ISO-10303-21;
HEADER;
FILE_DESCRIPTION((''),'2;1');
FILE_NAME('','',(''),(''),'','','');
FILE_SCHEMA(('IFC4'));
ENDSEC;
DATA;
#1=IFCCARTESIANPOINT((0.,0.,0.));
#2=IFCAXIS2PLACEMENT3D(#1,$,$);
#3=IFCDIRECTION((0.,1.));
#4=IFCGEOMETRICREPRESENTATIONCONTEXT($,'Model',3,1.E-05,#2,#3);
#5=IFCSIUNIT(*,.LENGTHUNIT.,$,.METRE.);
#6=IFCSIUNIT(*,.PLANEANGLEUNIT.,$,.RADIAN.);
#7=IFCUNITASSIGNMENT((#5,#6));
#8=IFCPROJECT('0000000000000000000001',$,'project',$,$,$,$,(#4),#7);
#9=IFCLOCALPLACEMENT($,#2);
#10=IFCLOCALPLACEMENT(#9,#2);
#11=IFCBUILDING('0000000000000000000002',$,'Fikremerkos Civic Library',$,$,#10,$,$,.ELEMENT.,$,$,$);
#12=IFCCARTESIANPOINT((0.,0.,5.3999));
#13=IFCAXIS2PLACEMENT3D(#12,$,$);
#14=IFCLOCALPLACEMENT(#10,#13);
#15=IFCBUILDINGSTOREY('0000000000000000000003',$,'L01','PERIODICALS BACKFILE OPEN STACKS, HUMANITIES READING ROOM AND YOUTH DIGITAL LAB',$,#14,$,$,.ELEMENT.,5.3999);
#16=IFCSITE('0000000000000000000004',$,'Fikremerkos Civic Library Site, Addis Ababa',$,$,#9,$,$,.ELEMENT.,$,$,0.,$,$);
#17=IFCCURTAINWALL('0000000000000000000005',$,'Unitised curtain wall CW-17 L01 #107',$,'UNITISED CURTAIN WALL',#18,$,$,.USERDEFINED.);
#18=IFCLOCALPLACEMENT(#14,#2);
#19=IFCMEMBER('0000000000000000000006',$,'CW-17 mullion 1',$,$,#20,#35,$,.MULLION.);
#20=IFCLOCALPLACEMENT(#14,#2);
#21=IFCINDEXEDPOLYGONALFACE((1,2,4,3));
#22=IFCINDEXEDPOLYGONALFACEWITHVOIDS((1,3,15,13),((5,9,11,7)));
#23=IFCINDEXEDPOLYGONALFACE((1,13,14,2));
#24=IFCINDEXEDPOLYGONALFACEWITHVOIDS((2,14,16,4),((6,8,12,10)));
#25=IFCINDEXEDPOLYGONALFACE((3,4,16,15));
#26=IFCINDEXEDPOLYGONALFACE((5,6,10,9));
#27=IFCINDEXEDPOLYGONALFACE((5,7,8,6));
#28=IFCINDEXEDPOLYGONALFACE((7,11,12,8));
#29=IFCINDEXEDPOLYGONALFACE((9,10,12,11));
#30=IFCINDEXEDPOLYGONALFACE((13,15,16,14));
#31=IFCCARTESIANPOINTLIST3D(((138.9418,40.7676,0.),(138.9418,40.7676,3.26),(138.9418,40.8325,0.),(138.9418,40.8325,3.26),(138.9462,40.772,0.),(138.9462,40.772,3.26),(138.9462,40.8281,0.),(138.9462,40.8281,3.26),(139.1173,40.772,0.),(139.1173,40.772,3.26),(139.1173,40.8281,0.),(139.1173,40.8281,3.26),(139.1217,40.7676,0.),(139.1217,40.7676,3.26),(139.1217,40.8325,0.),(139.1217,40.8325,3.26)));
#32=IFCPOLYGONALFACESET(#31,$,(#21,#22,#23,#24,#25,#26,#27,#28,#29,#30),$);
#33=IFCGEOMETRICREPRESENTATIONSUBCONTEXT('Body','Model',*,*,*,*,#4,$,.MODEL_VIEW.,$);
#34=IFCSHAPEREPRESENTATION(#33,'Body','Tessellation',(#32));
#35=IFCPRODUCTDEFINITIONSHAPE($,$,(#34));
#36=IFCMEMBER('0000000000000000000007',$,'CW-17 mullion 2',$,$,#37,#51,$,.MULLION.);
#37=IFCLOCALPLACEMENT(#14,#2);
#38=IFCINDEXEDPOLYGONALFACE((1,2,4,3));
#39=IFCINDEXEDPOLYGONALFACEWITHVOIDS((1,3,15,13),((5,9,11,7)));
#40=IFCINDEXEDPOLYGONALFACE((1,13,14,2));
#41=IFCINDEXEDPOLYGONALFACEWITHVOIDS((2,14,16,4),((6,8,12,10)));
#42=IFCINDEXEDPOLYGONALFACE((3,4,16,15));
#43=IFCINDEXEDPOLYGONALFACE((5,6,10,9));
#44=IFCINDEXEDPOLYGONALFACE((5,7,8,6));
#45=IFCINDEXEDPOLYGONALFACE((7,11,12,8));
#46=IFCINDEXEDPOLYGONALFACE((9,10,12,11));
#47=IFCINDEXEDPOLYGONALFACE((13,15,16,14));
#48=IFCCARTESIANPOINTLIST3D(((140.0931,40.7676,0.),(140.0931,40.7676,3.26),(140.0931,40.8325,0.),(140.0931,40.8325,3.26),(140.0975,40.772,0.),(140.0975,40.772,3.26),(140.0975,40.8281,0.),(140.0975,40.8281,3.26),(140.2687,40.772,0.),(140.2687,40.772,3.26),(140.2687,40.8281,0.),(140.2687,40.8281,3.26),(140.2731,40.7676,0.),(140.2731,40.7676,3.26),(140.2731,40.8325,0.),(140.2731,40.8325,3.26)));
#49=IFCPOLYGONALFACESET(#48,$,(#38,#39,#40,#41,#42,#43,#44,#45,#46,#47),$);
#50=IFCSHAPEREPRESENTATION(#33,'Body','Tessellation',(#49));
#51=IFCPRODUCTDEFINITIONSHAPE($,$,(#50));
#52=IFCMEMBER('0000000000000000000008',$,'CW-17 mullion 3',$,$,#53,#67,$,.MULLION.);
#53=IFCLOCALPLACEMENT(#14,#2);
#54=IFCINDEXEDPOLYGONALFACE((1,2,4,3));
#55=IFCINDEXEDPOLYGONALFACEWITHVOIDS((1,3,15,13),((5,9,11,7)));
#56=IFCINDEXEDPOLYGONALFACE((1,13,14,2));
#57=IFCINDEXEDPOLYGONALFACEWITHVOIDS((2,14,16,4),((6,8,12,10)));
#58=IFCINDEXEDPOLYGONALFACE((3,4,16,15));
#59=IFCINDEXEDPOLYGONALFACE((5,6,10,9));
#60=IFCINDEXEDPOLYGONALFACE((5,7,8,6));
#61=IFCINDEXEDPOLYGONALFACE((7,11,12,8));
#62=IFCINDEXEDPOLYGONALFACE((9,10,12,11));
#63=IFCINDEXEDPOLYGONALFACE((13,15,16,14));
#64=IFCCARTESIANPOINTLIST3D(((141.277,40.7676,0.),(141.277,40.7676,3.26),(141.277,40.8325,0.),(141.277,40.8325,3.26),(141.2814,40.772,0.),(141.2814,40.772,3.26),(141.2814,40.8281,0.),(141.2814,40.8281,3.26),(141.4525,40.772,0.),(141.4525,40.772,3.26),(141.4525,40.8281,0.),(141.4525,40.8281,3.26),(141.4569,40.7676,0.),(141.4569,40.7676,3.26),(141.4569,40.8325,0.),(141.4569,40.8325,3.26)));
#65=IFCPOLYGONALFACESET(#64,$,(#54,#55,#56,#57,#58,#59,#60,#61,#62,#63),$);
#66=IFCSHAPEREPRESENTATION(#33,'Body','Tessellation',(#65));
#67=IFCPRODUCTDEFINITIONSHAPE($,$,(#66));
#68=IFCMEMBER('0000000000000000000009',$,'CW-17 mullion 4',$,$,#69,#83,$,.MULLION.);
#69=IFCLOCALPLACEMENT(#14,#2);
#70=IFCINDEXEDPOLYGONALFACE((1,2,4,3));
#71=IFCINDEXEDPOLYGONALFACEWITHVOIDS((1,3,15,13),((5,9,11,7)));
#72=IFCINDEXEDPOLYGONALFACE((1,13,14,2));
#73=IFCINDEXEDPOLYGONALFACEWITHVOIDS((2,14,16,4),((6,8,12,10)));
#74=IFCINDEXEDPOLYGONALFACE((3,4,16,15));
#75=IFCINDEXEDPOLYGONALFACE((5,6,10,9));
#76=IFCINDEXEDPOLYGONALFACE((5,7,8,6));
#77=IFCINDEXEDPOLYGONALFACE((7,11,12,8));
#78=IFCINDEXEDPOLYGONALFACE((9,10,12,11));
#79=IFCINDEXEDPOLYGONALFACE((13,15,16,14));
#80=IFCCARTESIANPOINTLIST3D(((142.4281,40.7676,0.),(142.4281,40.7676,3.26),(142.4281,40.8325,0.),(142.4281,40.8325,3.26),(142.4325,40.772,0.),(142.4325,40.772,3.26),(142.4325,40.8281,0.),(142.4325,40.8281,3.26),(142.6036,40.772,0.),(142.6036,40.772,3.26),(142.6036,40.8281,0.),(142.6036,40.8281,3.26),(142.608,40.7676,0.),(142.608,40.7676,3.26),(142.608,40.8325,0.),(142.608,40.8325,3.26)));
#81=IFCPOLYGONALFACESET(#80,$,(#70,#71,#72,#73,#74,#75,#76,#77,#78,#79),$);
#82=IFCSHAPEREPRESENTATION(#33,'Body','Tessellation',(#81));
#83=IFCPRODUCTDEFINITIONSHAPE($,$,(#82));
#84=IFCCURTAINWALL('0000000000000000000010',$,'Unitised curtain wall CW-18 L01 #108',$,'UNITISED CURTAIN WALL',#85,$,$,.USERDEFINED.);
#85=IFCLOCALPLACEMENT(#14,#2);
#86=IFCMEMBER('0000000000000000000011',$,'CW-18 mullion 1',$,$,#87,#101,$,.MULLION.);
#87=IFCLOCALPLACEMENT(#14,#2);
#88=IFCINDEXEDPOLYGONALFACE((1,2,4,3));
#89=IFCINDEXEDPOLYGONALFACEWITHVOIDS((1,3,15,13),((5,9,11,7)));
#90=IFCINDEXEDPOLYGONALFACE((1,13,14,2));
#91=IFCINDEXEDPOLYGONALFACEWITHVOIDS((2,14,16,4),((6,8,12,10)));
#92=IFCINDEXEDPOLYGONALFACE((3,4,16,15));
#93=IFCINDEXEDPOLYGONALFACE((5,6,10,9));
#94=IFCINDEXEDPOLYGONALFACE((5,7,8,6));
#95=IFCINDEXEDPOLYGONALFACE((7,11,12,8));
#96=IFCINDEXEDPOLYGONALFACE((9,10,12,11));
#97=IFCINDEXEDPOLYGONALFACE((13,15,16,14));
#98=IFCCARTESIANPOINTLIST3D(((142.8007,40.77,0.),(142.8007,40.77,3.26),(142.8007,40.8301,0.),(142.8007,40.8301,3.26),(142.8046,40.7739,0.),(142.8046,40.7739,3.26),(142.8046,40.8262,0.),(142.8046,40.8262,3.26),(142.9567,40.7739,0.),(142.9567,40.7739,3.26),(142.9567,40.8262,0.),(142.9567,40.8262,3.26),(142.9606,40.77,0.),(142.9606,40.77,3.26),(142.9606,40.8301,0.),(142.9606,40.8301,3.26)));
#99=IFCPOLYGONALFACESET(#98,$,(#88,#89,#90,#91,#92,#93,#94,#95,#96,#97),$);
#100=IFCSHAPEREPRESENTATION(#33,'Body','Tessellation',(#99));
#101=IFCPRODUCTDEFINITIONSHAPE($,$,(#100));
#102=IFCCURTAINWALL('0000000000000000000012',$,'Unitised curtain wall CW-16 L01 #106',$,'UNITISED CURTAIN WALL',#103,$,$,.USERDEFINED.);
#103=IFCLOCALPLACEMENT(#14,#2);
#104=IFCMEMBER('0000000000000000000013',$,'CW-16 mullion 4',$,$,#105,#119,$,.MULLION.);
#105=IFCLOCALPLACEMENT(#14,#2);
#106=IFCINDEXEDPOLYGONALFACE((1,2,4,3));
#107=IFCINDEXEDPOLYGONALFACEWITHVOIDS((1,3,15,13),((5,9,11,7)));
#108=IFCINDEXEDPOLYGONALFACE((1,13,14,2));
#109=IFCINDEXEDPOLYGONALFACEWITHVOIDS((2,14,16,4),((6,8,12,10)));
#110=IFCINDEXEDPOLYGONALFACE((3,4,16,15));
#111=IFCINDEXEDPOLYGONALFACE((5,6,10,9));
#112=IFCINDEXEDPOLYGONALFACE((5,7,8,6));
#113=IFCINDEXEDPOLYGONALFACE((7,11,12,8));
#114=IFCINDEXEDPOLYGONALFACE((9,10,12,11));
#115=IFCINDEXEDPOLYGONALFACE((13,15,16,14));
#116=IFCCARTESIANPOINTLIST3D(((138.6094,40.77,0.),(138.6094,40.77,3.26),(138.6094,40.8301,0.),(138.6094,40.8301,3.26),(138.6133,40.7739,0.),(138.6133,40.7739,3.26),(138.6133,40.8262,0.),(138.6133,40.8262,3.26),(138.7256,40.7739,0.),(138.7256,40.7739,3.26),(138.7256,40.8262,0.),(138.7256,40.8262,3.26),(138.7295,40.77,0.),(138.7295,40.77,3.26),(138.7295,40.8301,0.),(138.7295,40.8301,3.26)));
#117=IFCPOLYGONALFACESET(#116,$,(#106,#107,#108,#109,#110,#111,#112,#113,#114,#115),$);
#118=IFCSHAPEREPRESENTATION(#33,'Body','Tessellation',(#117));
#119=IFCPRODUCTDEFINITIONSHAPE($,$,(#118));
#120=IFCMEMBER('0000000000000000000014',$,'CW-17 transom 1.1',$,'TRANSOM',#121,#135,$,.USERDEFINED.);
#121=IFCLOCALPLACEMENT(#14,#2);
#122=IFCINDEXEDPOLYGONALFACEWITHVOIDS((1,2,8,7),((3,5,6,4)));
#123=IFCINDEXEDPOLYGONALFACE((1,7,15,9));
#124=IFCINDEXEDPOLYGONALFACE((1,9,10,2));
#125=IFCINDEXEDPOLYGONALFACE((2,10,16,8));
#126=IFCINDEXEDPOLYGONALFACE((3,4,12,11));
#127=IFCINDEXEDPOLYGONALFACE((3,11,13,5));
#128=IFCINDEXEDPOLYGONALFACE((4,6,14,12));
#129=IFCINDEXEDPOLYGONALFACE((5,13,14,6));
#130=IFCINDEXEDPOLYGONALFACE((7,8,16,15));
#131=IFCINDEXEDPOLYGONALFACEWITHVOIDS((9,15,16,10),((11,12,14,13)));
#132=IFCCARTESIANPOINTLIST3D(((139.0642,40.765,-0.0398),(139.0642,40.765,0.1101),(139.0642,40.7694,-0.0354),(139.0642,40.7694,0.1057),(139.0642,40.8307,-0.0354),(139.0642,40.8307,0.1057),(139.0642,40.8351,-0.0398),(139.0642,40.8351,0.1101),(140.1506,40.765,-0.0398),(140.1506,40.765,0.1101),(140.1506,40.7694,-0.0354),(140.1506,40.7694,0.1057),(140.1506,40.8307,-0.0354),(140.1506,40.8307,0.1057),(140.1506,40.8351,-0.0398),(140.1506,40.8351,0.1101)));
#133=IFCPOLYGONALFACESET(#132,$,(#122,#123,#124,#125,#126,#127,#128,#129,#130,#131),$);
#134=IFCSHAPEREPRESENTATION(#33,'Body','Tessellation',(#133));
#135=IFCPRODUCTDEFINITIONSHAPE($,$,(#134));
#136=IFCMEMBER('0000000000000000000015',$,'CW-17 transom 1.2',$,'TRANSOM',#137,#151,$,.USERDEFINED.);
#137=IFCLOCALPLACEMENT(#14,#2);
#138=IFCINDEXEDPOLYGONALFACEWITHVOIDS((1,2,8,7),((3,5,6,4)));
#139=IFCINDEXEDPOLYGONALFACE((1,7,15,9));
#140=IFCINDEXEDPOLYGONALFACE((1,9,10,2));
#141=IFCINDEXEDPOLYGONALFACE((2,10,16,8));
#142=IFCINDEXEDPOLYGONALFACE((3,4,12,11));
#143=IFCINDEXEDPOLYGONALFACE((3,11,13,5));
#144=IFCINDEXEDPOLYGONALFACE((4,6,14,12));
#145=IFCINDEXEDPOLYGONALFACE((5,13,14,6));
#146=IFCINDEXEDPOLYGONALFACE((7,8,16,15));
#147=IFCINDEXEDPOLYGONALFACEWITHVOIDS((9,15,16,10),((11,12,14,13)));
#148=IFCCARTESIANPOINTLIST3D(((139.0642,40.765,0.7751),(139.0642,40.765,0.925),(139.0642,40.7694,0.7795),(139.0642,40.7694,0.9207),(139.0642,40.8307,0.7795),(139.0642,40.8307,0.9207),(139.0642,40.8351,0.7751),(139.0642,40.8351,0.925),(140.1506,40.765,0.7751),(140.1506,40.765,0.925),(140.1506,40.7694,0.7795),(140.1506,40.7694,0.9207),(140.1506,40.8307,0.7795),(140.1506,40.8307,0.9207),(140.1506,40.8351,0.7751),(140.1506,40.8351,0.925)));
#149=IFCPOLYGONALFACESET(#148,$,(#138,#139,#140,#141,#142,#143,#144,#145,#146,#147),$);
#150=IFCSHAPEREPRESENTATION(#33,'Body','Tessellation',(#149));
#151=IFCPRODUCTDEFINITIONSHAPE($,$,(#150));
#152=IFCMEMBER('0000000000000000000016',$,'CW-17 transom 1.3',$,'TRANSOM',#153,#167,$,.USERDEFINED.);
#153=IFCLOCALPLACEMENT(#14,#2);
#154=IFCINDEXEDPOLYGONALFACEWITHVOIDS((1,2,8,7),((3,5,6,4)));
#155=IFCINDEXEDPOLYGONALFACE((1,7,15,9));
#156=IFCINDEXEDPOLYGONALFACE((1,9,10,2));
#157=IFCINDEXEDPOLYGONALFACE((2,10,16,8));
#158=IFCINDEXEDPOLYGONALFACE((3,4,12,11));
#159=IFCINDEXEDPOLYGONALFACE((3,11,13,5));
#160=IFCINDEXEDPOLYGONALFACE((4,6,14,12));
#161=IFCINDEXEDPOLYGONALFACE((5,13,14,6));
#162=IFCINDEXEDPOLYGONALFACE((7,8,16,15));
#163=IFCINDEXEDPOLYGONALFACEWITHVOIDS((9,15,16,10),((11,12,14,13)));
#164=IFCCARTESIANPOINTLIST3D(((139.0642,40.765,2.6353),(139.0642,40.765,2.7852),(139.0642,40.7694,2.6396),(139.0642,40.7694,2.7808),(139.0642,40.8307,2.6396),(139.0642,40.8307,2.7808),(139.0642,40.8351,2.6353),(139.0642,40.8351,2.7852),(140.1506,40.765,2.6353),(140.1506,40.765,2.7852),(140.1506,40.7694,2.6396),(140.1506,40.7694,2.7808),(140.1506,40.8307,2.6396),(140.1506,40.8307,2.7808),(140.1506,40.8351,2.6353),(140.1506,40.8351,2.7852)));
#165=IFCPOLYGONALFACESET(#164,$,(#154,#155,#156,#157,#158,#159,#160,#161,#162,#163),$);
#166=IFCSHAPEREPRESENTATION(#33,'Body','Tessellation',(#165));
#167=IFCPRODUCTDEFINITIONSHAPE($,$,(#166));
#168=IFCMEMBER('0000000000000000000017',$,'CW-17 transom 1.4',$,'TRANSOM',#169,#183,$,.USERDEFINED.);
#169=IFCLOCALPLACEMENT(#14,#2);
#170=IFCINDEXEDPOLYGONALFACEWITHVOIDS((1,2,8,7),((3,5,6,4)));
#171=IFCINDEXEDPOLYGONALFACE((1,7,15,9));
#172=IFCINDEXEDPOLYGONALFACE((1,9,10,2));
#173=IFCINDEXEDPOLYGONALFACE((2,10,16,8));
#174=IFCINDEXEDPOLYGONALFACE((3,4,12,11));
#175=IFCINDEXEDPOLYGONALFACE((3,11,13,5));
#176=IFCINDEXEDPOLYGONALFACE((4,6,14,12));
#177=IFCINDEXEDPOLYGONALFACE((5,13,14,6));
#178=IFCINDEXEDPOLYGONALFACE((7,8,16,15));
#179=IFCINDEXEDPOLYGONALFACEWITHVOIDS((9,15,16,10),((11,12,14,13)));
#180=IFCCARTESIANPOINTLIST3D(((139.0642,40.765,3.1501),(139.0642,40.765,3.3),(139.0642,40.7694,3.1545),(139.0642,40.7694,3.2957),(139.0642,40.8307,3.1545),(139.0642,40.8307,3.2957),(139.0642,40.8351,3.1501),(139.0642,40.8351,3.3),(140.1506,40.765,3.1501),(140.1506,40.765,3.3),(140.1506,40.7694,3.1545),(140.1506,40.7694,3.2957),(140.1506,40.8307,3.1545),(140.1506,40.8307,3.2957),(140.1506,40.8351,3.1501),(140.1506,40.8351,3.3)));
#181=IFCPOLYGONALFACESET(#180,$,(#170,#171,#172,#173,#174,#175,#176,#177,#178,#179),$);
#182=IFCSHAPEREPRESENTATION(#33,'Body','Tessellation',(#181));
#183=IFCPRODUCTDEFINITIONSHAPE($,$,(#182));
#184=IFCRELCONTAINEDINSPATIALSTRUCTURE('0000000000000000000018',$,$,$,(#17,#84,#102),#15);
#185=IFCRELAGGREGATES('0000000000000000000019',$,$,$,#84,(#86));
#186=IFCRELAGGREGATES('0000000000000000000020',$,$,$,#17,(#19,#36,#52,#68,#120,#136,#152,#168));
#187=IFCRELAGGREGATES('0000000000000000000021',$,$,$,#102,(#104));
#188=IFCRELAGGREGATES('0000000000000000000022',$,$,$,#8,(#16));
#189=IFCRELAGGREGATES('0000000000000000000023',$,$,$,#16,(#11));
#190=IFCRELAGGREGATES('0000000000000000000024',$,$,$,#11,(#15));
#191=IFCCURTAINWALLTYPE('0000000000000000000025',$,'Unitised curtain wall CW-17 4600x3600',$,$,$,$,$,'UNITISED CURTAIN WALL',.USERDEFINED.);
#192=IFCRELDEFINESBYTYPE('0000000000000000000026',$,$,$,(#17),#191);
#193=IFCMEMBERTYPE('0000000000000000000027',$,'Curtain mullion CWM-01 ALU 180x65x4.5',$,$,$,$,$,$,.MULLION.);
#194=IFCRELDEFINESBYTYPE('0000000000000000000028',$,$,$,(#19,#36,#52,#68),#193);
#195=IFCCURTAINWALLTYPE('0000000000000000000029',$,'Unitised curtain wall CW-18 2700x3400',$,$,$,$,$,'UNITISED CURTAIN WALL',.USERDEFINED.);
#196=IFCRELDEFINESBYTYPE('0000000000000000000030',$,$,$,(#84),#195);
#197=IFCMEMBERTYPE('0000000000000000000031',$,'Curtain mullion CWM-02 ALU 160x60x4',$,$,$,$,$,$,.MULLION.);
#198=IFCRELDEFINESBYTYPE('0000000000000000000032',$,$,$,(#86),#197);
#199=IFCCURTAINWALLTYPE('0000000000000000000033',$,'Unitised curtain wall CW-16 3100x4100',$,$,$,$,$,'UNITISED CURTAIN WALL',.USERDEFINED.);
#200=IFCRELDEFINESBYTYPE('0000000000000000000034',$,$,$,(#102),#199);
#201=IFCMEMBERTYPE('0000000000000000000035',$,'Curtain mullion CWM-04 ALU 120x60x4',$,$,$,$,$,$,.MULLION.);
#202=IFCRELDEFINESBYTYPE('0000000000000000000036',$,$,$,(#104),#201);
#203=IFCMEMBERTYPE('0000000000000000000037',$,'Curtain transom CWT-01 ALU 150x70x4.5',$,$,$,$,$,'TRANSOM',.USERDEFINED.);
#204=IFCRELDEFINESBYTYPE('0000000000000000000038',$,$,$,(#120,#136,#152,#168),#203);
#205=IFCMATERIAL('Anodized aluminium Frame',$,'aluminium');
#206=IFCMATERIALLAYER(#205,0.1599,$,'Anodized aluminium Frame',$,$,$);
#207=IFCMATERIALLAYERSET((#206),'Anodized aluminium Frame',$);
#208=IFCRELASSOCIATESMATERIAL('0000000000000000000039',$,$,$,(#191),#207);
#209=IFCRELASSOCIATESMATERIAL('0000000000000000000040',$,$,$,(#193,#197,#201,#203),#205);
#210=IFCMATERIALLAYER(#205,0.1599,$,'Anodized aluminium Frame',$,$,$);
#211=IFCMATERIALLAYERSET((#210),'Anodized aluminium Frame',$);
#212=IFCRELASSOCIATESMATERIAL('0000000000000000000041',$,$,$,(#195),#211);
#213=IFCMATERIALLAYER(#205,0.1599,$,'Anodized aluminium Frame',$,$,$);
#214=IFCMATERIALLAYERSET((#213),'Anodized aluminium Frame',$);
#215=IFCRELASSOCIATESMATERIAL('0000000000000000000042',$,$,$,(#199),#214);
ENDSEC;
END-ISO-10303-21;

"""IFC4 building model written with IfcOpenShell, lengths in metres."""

from ifc_helpers import new_model, si_unit, direction, frame, origin, origin_2d, place, context, subcontext, project, spatial, hollow_rectangle, extrude, material, layer, layer_set, material_profile, profile_set, type_object, element, aggregate, save


model = new_model("IFC4")

# Units and contexts
model_context = context("Model", 3, precision=1e-05, world=origin(), true_north=direction((0.0, 1.0)))
body_context = subcontext(model_context, "Body", "Model", "MODEL_VIEW")
ifc_project = project(units=[si_unit("LENGTHUNIT", "METRE"), si_unit("PLANEANGLEUNIT", "RADIAN")], contexts=[model_context])

# Site, building, storey
site_placement = place(None, origin())
site = spatial("IfcSite", under=ifc_project, at=site_placement, Name="Fikremerkos Civic Library Site, Addis Ababa", CompositionType="ELEMENT", RefElevation=0.0)
building_placement = place(site_placement, origin())
building = spatial("IfcBuilding", under=site, at=building_placement, Name="Fikremerkos Civic Library", CompositionType="ELEMENT")
storey_placement = place(building_placement, frame((0.0, 0.0, 5.3999)))
storey = spatial("IfcBuildingStorey", under=building, at=storey_placement, Name="L01", Description="PERIODICALS BACKFILE OPEN STACKS, HUMANITIES READING ROOM AND YOUTH DIGITAL LAB", CompositionType="ELEMENT", Elevation=5.3999)

# Curtain wall, members
ifc_material_1 = material(Name="Anodized aluminium Frame", Category="aluminium")
ifc_layer_1 = layer(ifc_material_1, 0.1599, Name="Anodized aluminium Frame")
ifc_layer_set_1 = layer_set([ifc_layer_1], Name="Anodized aluminium Frame")
curtain_wall_type_1 = type_object("IfcCurtainWallType", Name="Unitised curtain wall CW-17 4600x3600", ElementType="UNITISED CURTAIN WALL", PredefinedType="USERDEFINED", material=ifc_layer_set_1)
curtain_wall_1_placement = place(storey_placement, origin())
curtain_wall_1 = element("IfcCurtainWall", 1, at=curtain_wall_1_placement, inside=storey, type_object=curtain_wall_type_1, Name="Unitised curtain wall CW-17 L01 #107", ObjectType="UNITISED CURTAIN WALL", PredefinedType="USERDEFINED")
ifc_material_profile_1 = material_profile(ifc_material_1, hollow_rectangle(XDim=0.0649, YDim=0.1799, WallThickness=0.0044, at=origin_2d()), Name="ALU 180x65x4.5")
ifc_profile_set_1 = profile_set([ifc_material_profile_1], Name="Anodized aluminium Frame")
member_type_1 = type_object("IfcMemberType", Name="Curtain mullion CWM-01 ALU 180x65x4.5", PredefinedType="MULLION", material=ifc_profile_set_1)
member_1_placement = place(storey_placement, frame((139.0317, 40.8, 0.0), z_axis=(0.0, 0.0, 1.0), x_axis=(0.0, 1.0, 0.0)))
member_1 = element("IfcMember", 2, at=member_1_placement, type_object=member_type_1, Name="CW-17 mullion 1", PredefinedType="MULLION", context=body_context, shape_type="SweptSolid", body=[
    extrude(hollow_rectangle(XDim=0.0649, YDim=0.1799, WallThickness=0.0044, at=origin_2d()), origin(), (0.0, 0.0, 1.0), 3.26),
])
member_2_placement = place(storey_placement, frame((140.1831, 40.8, 0.0), z_axis=(0.0, 0.0, 1.0), x_axis=(0.0, 1.0, 0.0)))
member_2 = element("IfcMember", 3, at=member_2_placement, type_object=member_type_1, Name="CW-17 mullion 2", PredefinedType="MULLION", context=body_context, shape_type="SweptSolid", body=[
    extrude(hollow_rectangle(XDim=0.0649, YDim=0.1799, WallThickness=0.0044, at=origin_2d()), origin(), (0.0, 0.0, 1.0), 3.26),
])
member_3_placement = place(storey_placement, frame((141.3669, 40.8, 0.0), z_axis=(0.0, 0.0, 1.0), x_axis=(0.0, 1.0, 0.0)))
member_3 = element("IfcMember", 4, at=member_3_placement, type_object=member_type_1, Name="CW-17 mullion 3", PredefinedType="MULLION", context=body_context, shape_type="SweptSolid", body=[
    extrude(hollow_rectangle(XDim=0.0649, YDim=0.1799, WallThickness=0.0044, at=origin_2d()), origin(), (0.0, 0.0, 1.0), 3.26),
])
member_4_placement = place(storey_placement, frame((142.5181, 40.8, 0.0), z_axis=(0.0, 0.0, 1.0), x_axis=(0.0, 1.0, 0.0)))
member_4 = element("IfcMember", 5, at=member_4_placement, type_object=member_type_1, Name="CW-17 mullion 4", PredefinedType="MULLION", context=body_context, shape_type="SweptSolid", body=[
    extrude(hollow_rectangle(XDim=0.0649, YDim=0.1799, WallThickness=0.0044, at=origin_2d()), origin(), (0.0, 0.0, 1.0), 3.26),
])

# Curtain walls, members
ifc_layer_2 = layer(ifc_material_1, 0.1599, Name="Anodized aluminium Frame")
ifc_layer_set_2 = layer_set([ifc_layer_2], Name="Anodized aluminium Frame")
curtain_wall_type_2 = type_object("IfcCurtainWallType", Name="Unitised curtain wall CW-18 2700x3400", ElementType="UNITISED CURTAIN WALL", PredefinedType="USERDEFINED", material=ifc_layer_set_2)
curtain_wall_2_placement = place(storey_placement, origin())
curtain_wall_2 = element("IfcCurtainWall", 6, at=curtain_wall_2_placement, inside=storey, type_object=curtain_wall_type_2, Name="Unitised curtain wall CW-18 L01 #108", ObjectType="UNITISED CURTAIN WALL", PredefinedType="USERDEFINED")
ifc_material_profile_2 = material_profile(ifc_material_1, hollow_rectangle(XDim=0.0601, YDim=0.1599, WallThickness=0.0039, at=origin_2d()), Name="ALU 160x60x4")
ifc_profile_set_2 = profile_set([ifc_material_profile_2], Name="Anodized aluminium Frame")
member_type_2 = type_object("IfcMemberType", Name="Curtain mullion CWM-02 ALU 160x60x4", PredefinedType="MULLION", material=ifc_profile_set_2)
member_5_placement = place(storey_placement, frame((142.8806, 40.8, 0.0), z_axis=(0.0, 0.0, 1.0), x_axis=(0.0, 1.0, 0.0)))
member_5 = element("IfcMember", 7, at=member_5_placement, type_object=member_type_2, Name="CW-18 mullion 1", PredefinedType="MULLION", context=body_context, shape_type="SweptSolid", body=[
    extrude(hollow_rectangle(XDim=0.0601, YDim=0.1599, WallThickness=0.0039, at=origin_2d()), origin(), (0.0, 0.0, 1.0), 3.26),
])
ifc_layer_3 = layer(ifc_material_1, 0.1599, Name="Anodized aluminium Frame")
ifc_layer_set_3 = layer_set([ifc_layer_3], Name="Anodized aluminium Frame")
curtain_wall_type_3 = type_object("IfcCurtainWallType", Name="Unitised curtain wall CW-16 3100x4100", ElementType="UNITISED CURTAIN WALL", PredefinedType="USERDEFINED", material=ifc_layer_set_3)
curtain_wall_3_placement = place(storey_placement, origin())
curtain_wall_3 = element("IfcCurtainWall", 8, at=curtain_wall_3_placement, inside=storey, type_object=curtain_wall_type_3, Name="Unitised curtain wall CW-16 L01 #106", ObjectType="UNITISED CURTAIN WALL", PredefinedType="USERDEFINED")
ifc_material_profile_3 = material_profile(ifc_material_1, hollow_rectangle(XDim=0.0601, YDim=0.1201, WallThickness=0.0039, at=origin_2d()), Name="ALU 120x60x4")
ifc_profile_set_3 = profile_set([ifc_material_profile_3], Name="Anodized aluminium Frame")
member_type_3 = type_object("IfcMemberType", Name="Curtain mullion CWM-04 ALU 120x60x4", PredefinedType="MULLION", material=ifc_profile_set_3)
member_6_placement = place(storey_placement, frame((138.6694, 40.8, 0.0), z_axis=(0.0, 0.0, 1.0), x_axis=(0.0, 1.0, 0.0)))
member_6 = element("IfcMember", 9, at=member_6_placement, type_object=member_type_3, Name="CW-16 mullion 4", PredefinedType="MULLION", context=body_context, shape_type="SweptSolid", body=[
    extrude(hollow_rectangle(XDim=0.0601, YDim=0.1201, WallThickness=0.0039, at=origin_2d()), origin(), (0.0, 0.0, 1.0), 3.26),
])

# Members
ifc_material_profile_4 = material_profile(ifc_material_1, hollow_rectangle(XDim=0.0701, YDim=0.1499, WallThickness=0.0044, at=origin_2d()), Name="ALU 150x70x4.5")
ifc_profile_set_4 = profile_set([ifc_material_profile_4], Name="Anodized aluminium Frame")
member_type_4 = type_object("IfcMemberType", Name="Curtain transom CWT-01 ALU 150x70x4.5", ElementType="TRANSOM", PredefinedType="USERDEFINED", material=ifc_profile_set_4)
member_7_placement = place(storey_placement, frame((139.0642, 40.8, 0.0352), z_axis=(1.0, 0.0, 0.0), x_axis=(0.0, 1.0, 0.0)))
member_7 = element("IfcMember", 10, at=member_7_placement, type_object=member_type_4, Name="CW-17 transom 1.1", ObjectType="TRANSOM", PredefinedType="USERDEFINED", context=body_context, shape_type="SweptSolid", body=[
    extrude(hollow_rectangle(XDim=0.0701, YDim=0.1499, WallThickness=0.0044, at=origin_2d()), origin(), (0.0, 0.0, 1.0), 1.0864),
])
member_8_placement = place(storey_placement, frame((139.0642, 40.8, 0.8501), z_axis=(1.0, 0.0, 0.0), x_axis=(0.0, 1.0, 0.0)))
member_8 = element("IfcMember", 11, at=member_8_placement, type_object=member_type_4, Name="CW-17 transom 1.2", ObjectType="TRANSOM", PredefinedType="USERDEFINED", context=body_context, shape_type="SweptSolid", body=[
    extrude(hollow_rectangle(XDim=0.0701, YDim=0.1499, WallThickness=0.0044, at=origin_2d()), origin(), (0.0, 0.0, 1.0), 1.0864),
])
member_9_placement = place(storey_placement, frame((139.0642, 40.8, 2.7102), z_axis=(1.0, 0.0, 0.0), x_axis=(0.0, 1.0, 0.0)))
member_9 = element("IfcMember", 12, at=member_9_placement, type_object=member_type_4, Name="CW-17 transom 1.3", ObjectType="TRANSOM", PredefinedType="USERDEFINED", context=body_context, shape_type="SweptSolid", body=[
    extrude(hollow_rectangle(XDim=0.0701, YDim=0.1499, WallThickness=0.0044, at=origin_2d()), origin(), (0.0, 0.0, 1.0), 1.0864),
])
member_10_placement = place(storey_placement, frame((139.0642, 40.8, 3.2251), z_axis=(1.0, 0.0, 0.0), x_axis=(0.0, 1.0, 0.0)))
member_10 = element("IfcMember", 13, at=member_10_placement, type_object=member_type_4, Name="CW-17 transom 1.4", ObjectType="TRANSOM", PredefinedType="USERDEFINED", context=body_context, shape_type="SweptSolid", body=[
    extrude(hollow_rectangle(XDim=0.0701, YDim=0.1499, WallThickness=0.0044, at=origin_2d()), origin(), (0.0, 0.0, 1.0), 1.0864),
])
aggregate(curtain_wall_2, [member_5])

aggregate(curtain_wall_1, [member_1, member_2, member_3, member_4, member_7, member_8, member_9, member_10])
aggregate(curtain_wall_3, [member_6])

save(model, "model.ifc")
